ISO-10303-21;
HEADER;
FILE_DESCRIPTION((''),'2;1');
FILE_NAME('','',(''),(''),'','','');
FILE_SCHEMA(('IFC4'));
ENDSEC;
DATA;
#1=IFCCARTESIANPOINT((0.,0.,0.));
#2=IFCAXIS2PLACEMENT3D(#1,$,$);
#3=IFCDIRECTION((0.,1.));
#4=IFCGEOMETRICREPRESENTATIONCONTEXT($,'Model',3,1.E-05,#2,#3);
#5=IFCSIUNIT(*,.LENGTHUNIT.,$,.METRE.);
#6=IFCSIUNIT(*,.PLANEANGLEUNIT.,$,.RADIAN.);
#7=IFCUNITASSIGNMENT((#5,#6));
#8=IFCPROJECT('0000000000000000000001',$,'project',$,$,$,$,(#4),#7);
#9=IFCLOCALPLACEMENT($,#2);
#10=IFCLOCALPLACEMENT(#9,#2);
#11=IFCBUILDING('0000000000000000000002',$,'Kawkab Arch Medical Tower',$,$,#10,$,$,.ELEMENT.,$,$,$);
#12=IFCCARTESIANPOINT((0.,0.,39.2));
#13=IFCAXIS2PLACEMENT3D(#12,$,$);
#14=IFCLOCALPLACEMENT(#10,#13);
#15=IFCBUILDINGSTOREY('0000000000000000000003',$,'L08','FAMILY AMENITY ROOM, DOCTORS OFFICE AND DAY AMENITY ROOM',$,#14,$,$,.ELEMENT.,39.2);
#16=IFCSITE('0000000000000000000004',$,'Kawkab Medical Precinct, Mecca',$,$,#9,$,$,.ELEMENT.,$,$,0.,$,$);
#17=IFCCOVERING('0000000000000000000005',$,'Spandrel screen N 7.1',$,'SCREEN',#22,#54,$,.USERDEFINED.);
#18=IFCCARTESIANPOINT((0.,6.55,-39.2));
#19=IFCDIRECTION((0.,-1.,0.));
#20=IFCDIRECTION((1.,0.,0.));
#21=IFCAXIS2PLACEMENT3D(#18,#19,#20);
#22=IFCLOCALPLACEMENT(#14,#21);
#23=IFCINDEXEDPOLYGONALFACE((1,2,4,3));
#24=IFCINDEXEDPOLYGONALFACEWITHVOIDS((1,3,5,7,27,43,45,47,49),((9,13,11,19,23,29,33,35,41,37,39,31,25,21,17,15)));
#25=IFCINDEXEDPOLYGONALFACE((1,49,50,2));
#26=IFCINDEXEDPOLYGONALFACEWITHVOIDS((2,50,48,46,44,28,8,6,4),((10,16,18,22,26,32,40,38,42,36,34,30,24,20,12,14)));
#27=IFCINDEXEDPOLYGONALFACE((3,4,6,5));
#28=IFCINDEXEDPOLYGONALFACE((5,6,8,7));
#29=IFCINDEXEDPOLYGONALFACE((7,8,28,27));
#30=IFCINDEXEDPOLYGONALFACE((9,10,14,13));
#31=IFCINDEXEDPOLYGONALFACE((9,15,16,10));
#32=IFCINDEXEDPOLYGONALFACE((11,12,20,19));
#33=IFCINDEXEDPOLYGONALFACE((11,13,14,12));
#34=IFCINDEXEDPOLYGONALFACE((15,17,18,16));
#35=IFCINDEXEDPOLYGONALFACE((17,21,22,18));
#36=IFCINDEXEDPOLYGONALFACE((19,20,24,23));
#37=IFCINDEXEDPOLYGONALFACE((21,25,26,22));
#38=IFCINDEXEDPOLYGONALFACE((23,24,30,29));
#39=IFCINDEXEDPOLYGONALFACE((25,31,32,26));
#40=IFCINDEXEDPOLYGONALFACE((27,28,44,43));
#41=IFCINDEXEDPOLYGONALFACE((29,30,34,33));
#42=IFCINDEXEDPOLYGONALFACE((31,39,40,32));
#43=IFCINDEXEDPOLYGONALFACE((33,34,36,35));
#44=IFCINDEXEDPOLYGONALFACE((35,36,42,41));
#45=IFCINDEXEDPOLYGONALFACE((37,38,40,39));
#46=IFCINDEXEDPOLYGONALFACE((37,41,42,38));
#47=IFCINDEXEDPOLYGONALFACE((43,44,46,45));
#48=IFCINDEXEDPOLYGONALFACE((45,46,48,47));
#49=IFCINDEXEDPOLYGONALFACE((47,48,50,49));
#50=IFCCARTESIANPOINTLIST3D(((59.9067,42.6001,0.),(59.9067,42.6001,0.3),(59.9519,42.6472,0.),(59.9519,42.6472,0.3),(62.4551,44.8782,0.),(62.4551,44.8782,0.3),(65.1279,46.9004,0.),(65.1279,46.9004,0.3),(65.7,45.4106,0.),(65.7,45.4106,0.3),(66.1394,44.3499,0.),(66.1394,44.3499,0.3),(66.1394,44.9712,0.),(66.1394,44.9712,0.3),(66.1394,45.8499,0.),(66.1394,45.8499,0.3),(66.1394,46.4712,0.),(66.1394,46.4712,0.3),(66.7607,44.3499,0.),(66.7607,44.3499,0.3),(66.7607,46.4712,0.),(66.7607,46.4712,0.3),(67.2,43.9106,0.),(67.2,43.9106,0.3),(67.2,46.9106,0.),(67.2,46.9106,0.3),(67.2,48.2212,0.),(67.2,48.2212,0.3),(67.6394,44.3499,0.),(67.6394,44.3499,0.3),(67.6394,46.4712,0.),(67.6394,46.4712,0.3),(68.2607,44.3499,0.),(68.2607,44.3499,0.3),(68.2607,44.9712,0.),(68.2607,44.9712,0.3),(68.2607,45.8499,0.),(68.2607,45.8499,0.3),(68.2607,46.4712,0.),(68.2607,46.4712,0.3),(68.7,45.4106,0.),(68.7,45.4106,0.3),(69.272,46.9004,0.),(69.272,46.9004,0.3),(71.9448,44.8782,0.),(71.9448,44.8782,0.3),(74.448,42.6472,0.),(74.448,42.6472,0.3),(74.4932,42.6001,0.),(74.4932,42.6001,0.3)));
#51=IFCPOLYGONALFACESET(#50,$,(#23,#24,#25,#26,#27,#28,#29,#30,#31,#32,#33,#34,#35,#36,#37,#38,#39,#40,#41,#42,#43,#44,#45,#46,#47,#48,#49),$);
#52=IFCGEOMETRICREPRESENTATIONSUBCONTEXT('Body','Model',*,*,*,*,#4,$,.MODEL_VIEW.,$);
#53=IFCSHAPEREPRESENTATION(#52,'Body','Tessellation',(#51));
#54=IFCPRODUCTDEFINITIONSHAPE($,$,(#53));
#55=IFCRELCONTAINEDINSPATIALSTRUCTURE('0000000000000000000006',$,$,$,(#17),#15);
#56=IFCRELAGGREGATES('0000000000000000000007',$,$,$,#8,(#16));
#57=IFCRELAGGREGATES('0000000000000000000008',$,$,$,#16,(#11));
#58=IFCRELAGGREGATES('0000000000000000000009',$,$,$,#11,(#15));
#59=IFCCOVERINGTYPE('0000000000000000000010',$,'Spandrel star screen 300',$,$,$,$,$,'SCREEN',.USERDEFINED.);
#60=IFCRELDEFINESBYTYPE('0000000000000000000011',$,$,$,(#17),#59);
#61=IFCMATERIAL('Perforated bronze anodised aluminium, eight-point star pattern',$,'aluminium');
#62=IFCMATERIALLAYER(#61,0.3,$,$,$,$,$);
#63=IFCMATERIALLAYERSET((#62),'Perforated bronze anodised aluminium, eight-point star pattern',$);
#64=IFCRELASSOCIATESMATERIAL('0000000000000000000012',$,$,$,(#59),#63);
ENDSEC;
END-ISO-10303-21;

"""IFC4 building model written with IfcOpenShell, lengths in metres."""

from ifc_helpers import new_model, si_unit, direction, frame, origin, place, context, subcontext, project, spatial, polyline, outline, extrude, material, layer, layer_set, type_object, element, save


model = new_model("IFC4")

# Units and contexts
model_context = context("Model", 3, precision=1e-05, world=origin(), true_north=direction((0.0, 1.0)))
body_context = subcontext(model_context, "Body", "Model", "MODEL_VIEW")
ifc_project = project(units=[si_unit("LENGTHUNIT", "METRE"), si_unit("PLANEANGLEUNIT", "RADIAN")], contexts=[model_context])

# Site, building, storey
site_placement = place(None, origin())
site = spatial("IfcSite", under=ifc_project, at=site_placement, Name="Kawkab Medical Precinct, Mecca", CompositionType="ELEMENT", RefElevation=0.0)
building_placement = place(site_placement, origin())
building = spatial("IfcBuilding", under=site, at=building_placement, Name="Kawkab Arch Medical Tower", CompositionType="ELEMENT")
storey_placement = place(building_placement, frame((0.0, 0.0, 39.2)))
storey = spatial("IfcBuildingStorey", under=building, at=storey_placement, Name="L08", Description="FAMILY AMENITY ROOM, DOCTORS OFFICE AND DAY AMENITY ROOM", CompositionType="ELEMENT", Elevation=39.2)

# Covering
ifc_material_1 = material(Name="Perforated bronze anodised aluminium, eight-point star pattern", Category="aluminium")
ifc_layer_1 = layer(ifc_material_1, 0.3)
ifc_layer_set_1 = layer_set([ifc_layer_1], Name="Perforated bronze anodised aluminium, eight-point star pattern")
covering_type = type_object("IfcCoveringType", Name="Spandrel star screen 300", ElementType="SCREEN", PredefinedType="USERDEFINED", material=ifc_layer_set_1)
covering_placement = place(storey_placement, frame((0.0, 6.55, -39.2), z_axis=(0.0, -1.0, 0.0), x_axis=(1.0, 0.0, 0.0)))
element("IfcCovering", 1, at=covering_placement, inside=storey, type_object=covering_type, Name="Spandrel screen N 7.1", ObjectType="SCREEN", PredefinedType="USERDEFINED", context=body_context, shape_type="SweptSolid", body=[
    extrude(outline(polyline([(59.9067, 42.6001), (74.4932, 42.6001), (74.448, 42.6472), (71.9448, 44.8782), (69.272, 46.9004), (67.2, 48.2212), (65.1279, 46.9004), (62.4551, 44.8782), (59.9519, 42.6472), (59.9067, 42.6001)]), holes=[polyline([(68.7, 45.4106), (68.2607, 45.8499), (68.2607, 46.4712), (67.6394, 46.4712), (67.2, 46.9106), (66.7607, 46.4712), (66.1394, 46.4712), (66.1394, 45.8499), (65.7, 45.4106), (66.1394, 44.9712), (66.1394, 44.3499), (66.7607, 44.3499), (67.2, 43.9106), (67.6394, 44.3499), (68.2607, 44.3499), (68.2607, 44.9712), (68.7, 45.4106)])]), origin(), (0.0, 0.0, 1.0), 0.3),
])

save(model, "model.ifc")
